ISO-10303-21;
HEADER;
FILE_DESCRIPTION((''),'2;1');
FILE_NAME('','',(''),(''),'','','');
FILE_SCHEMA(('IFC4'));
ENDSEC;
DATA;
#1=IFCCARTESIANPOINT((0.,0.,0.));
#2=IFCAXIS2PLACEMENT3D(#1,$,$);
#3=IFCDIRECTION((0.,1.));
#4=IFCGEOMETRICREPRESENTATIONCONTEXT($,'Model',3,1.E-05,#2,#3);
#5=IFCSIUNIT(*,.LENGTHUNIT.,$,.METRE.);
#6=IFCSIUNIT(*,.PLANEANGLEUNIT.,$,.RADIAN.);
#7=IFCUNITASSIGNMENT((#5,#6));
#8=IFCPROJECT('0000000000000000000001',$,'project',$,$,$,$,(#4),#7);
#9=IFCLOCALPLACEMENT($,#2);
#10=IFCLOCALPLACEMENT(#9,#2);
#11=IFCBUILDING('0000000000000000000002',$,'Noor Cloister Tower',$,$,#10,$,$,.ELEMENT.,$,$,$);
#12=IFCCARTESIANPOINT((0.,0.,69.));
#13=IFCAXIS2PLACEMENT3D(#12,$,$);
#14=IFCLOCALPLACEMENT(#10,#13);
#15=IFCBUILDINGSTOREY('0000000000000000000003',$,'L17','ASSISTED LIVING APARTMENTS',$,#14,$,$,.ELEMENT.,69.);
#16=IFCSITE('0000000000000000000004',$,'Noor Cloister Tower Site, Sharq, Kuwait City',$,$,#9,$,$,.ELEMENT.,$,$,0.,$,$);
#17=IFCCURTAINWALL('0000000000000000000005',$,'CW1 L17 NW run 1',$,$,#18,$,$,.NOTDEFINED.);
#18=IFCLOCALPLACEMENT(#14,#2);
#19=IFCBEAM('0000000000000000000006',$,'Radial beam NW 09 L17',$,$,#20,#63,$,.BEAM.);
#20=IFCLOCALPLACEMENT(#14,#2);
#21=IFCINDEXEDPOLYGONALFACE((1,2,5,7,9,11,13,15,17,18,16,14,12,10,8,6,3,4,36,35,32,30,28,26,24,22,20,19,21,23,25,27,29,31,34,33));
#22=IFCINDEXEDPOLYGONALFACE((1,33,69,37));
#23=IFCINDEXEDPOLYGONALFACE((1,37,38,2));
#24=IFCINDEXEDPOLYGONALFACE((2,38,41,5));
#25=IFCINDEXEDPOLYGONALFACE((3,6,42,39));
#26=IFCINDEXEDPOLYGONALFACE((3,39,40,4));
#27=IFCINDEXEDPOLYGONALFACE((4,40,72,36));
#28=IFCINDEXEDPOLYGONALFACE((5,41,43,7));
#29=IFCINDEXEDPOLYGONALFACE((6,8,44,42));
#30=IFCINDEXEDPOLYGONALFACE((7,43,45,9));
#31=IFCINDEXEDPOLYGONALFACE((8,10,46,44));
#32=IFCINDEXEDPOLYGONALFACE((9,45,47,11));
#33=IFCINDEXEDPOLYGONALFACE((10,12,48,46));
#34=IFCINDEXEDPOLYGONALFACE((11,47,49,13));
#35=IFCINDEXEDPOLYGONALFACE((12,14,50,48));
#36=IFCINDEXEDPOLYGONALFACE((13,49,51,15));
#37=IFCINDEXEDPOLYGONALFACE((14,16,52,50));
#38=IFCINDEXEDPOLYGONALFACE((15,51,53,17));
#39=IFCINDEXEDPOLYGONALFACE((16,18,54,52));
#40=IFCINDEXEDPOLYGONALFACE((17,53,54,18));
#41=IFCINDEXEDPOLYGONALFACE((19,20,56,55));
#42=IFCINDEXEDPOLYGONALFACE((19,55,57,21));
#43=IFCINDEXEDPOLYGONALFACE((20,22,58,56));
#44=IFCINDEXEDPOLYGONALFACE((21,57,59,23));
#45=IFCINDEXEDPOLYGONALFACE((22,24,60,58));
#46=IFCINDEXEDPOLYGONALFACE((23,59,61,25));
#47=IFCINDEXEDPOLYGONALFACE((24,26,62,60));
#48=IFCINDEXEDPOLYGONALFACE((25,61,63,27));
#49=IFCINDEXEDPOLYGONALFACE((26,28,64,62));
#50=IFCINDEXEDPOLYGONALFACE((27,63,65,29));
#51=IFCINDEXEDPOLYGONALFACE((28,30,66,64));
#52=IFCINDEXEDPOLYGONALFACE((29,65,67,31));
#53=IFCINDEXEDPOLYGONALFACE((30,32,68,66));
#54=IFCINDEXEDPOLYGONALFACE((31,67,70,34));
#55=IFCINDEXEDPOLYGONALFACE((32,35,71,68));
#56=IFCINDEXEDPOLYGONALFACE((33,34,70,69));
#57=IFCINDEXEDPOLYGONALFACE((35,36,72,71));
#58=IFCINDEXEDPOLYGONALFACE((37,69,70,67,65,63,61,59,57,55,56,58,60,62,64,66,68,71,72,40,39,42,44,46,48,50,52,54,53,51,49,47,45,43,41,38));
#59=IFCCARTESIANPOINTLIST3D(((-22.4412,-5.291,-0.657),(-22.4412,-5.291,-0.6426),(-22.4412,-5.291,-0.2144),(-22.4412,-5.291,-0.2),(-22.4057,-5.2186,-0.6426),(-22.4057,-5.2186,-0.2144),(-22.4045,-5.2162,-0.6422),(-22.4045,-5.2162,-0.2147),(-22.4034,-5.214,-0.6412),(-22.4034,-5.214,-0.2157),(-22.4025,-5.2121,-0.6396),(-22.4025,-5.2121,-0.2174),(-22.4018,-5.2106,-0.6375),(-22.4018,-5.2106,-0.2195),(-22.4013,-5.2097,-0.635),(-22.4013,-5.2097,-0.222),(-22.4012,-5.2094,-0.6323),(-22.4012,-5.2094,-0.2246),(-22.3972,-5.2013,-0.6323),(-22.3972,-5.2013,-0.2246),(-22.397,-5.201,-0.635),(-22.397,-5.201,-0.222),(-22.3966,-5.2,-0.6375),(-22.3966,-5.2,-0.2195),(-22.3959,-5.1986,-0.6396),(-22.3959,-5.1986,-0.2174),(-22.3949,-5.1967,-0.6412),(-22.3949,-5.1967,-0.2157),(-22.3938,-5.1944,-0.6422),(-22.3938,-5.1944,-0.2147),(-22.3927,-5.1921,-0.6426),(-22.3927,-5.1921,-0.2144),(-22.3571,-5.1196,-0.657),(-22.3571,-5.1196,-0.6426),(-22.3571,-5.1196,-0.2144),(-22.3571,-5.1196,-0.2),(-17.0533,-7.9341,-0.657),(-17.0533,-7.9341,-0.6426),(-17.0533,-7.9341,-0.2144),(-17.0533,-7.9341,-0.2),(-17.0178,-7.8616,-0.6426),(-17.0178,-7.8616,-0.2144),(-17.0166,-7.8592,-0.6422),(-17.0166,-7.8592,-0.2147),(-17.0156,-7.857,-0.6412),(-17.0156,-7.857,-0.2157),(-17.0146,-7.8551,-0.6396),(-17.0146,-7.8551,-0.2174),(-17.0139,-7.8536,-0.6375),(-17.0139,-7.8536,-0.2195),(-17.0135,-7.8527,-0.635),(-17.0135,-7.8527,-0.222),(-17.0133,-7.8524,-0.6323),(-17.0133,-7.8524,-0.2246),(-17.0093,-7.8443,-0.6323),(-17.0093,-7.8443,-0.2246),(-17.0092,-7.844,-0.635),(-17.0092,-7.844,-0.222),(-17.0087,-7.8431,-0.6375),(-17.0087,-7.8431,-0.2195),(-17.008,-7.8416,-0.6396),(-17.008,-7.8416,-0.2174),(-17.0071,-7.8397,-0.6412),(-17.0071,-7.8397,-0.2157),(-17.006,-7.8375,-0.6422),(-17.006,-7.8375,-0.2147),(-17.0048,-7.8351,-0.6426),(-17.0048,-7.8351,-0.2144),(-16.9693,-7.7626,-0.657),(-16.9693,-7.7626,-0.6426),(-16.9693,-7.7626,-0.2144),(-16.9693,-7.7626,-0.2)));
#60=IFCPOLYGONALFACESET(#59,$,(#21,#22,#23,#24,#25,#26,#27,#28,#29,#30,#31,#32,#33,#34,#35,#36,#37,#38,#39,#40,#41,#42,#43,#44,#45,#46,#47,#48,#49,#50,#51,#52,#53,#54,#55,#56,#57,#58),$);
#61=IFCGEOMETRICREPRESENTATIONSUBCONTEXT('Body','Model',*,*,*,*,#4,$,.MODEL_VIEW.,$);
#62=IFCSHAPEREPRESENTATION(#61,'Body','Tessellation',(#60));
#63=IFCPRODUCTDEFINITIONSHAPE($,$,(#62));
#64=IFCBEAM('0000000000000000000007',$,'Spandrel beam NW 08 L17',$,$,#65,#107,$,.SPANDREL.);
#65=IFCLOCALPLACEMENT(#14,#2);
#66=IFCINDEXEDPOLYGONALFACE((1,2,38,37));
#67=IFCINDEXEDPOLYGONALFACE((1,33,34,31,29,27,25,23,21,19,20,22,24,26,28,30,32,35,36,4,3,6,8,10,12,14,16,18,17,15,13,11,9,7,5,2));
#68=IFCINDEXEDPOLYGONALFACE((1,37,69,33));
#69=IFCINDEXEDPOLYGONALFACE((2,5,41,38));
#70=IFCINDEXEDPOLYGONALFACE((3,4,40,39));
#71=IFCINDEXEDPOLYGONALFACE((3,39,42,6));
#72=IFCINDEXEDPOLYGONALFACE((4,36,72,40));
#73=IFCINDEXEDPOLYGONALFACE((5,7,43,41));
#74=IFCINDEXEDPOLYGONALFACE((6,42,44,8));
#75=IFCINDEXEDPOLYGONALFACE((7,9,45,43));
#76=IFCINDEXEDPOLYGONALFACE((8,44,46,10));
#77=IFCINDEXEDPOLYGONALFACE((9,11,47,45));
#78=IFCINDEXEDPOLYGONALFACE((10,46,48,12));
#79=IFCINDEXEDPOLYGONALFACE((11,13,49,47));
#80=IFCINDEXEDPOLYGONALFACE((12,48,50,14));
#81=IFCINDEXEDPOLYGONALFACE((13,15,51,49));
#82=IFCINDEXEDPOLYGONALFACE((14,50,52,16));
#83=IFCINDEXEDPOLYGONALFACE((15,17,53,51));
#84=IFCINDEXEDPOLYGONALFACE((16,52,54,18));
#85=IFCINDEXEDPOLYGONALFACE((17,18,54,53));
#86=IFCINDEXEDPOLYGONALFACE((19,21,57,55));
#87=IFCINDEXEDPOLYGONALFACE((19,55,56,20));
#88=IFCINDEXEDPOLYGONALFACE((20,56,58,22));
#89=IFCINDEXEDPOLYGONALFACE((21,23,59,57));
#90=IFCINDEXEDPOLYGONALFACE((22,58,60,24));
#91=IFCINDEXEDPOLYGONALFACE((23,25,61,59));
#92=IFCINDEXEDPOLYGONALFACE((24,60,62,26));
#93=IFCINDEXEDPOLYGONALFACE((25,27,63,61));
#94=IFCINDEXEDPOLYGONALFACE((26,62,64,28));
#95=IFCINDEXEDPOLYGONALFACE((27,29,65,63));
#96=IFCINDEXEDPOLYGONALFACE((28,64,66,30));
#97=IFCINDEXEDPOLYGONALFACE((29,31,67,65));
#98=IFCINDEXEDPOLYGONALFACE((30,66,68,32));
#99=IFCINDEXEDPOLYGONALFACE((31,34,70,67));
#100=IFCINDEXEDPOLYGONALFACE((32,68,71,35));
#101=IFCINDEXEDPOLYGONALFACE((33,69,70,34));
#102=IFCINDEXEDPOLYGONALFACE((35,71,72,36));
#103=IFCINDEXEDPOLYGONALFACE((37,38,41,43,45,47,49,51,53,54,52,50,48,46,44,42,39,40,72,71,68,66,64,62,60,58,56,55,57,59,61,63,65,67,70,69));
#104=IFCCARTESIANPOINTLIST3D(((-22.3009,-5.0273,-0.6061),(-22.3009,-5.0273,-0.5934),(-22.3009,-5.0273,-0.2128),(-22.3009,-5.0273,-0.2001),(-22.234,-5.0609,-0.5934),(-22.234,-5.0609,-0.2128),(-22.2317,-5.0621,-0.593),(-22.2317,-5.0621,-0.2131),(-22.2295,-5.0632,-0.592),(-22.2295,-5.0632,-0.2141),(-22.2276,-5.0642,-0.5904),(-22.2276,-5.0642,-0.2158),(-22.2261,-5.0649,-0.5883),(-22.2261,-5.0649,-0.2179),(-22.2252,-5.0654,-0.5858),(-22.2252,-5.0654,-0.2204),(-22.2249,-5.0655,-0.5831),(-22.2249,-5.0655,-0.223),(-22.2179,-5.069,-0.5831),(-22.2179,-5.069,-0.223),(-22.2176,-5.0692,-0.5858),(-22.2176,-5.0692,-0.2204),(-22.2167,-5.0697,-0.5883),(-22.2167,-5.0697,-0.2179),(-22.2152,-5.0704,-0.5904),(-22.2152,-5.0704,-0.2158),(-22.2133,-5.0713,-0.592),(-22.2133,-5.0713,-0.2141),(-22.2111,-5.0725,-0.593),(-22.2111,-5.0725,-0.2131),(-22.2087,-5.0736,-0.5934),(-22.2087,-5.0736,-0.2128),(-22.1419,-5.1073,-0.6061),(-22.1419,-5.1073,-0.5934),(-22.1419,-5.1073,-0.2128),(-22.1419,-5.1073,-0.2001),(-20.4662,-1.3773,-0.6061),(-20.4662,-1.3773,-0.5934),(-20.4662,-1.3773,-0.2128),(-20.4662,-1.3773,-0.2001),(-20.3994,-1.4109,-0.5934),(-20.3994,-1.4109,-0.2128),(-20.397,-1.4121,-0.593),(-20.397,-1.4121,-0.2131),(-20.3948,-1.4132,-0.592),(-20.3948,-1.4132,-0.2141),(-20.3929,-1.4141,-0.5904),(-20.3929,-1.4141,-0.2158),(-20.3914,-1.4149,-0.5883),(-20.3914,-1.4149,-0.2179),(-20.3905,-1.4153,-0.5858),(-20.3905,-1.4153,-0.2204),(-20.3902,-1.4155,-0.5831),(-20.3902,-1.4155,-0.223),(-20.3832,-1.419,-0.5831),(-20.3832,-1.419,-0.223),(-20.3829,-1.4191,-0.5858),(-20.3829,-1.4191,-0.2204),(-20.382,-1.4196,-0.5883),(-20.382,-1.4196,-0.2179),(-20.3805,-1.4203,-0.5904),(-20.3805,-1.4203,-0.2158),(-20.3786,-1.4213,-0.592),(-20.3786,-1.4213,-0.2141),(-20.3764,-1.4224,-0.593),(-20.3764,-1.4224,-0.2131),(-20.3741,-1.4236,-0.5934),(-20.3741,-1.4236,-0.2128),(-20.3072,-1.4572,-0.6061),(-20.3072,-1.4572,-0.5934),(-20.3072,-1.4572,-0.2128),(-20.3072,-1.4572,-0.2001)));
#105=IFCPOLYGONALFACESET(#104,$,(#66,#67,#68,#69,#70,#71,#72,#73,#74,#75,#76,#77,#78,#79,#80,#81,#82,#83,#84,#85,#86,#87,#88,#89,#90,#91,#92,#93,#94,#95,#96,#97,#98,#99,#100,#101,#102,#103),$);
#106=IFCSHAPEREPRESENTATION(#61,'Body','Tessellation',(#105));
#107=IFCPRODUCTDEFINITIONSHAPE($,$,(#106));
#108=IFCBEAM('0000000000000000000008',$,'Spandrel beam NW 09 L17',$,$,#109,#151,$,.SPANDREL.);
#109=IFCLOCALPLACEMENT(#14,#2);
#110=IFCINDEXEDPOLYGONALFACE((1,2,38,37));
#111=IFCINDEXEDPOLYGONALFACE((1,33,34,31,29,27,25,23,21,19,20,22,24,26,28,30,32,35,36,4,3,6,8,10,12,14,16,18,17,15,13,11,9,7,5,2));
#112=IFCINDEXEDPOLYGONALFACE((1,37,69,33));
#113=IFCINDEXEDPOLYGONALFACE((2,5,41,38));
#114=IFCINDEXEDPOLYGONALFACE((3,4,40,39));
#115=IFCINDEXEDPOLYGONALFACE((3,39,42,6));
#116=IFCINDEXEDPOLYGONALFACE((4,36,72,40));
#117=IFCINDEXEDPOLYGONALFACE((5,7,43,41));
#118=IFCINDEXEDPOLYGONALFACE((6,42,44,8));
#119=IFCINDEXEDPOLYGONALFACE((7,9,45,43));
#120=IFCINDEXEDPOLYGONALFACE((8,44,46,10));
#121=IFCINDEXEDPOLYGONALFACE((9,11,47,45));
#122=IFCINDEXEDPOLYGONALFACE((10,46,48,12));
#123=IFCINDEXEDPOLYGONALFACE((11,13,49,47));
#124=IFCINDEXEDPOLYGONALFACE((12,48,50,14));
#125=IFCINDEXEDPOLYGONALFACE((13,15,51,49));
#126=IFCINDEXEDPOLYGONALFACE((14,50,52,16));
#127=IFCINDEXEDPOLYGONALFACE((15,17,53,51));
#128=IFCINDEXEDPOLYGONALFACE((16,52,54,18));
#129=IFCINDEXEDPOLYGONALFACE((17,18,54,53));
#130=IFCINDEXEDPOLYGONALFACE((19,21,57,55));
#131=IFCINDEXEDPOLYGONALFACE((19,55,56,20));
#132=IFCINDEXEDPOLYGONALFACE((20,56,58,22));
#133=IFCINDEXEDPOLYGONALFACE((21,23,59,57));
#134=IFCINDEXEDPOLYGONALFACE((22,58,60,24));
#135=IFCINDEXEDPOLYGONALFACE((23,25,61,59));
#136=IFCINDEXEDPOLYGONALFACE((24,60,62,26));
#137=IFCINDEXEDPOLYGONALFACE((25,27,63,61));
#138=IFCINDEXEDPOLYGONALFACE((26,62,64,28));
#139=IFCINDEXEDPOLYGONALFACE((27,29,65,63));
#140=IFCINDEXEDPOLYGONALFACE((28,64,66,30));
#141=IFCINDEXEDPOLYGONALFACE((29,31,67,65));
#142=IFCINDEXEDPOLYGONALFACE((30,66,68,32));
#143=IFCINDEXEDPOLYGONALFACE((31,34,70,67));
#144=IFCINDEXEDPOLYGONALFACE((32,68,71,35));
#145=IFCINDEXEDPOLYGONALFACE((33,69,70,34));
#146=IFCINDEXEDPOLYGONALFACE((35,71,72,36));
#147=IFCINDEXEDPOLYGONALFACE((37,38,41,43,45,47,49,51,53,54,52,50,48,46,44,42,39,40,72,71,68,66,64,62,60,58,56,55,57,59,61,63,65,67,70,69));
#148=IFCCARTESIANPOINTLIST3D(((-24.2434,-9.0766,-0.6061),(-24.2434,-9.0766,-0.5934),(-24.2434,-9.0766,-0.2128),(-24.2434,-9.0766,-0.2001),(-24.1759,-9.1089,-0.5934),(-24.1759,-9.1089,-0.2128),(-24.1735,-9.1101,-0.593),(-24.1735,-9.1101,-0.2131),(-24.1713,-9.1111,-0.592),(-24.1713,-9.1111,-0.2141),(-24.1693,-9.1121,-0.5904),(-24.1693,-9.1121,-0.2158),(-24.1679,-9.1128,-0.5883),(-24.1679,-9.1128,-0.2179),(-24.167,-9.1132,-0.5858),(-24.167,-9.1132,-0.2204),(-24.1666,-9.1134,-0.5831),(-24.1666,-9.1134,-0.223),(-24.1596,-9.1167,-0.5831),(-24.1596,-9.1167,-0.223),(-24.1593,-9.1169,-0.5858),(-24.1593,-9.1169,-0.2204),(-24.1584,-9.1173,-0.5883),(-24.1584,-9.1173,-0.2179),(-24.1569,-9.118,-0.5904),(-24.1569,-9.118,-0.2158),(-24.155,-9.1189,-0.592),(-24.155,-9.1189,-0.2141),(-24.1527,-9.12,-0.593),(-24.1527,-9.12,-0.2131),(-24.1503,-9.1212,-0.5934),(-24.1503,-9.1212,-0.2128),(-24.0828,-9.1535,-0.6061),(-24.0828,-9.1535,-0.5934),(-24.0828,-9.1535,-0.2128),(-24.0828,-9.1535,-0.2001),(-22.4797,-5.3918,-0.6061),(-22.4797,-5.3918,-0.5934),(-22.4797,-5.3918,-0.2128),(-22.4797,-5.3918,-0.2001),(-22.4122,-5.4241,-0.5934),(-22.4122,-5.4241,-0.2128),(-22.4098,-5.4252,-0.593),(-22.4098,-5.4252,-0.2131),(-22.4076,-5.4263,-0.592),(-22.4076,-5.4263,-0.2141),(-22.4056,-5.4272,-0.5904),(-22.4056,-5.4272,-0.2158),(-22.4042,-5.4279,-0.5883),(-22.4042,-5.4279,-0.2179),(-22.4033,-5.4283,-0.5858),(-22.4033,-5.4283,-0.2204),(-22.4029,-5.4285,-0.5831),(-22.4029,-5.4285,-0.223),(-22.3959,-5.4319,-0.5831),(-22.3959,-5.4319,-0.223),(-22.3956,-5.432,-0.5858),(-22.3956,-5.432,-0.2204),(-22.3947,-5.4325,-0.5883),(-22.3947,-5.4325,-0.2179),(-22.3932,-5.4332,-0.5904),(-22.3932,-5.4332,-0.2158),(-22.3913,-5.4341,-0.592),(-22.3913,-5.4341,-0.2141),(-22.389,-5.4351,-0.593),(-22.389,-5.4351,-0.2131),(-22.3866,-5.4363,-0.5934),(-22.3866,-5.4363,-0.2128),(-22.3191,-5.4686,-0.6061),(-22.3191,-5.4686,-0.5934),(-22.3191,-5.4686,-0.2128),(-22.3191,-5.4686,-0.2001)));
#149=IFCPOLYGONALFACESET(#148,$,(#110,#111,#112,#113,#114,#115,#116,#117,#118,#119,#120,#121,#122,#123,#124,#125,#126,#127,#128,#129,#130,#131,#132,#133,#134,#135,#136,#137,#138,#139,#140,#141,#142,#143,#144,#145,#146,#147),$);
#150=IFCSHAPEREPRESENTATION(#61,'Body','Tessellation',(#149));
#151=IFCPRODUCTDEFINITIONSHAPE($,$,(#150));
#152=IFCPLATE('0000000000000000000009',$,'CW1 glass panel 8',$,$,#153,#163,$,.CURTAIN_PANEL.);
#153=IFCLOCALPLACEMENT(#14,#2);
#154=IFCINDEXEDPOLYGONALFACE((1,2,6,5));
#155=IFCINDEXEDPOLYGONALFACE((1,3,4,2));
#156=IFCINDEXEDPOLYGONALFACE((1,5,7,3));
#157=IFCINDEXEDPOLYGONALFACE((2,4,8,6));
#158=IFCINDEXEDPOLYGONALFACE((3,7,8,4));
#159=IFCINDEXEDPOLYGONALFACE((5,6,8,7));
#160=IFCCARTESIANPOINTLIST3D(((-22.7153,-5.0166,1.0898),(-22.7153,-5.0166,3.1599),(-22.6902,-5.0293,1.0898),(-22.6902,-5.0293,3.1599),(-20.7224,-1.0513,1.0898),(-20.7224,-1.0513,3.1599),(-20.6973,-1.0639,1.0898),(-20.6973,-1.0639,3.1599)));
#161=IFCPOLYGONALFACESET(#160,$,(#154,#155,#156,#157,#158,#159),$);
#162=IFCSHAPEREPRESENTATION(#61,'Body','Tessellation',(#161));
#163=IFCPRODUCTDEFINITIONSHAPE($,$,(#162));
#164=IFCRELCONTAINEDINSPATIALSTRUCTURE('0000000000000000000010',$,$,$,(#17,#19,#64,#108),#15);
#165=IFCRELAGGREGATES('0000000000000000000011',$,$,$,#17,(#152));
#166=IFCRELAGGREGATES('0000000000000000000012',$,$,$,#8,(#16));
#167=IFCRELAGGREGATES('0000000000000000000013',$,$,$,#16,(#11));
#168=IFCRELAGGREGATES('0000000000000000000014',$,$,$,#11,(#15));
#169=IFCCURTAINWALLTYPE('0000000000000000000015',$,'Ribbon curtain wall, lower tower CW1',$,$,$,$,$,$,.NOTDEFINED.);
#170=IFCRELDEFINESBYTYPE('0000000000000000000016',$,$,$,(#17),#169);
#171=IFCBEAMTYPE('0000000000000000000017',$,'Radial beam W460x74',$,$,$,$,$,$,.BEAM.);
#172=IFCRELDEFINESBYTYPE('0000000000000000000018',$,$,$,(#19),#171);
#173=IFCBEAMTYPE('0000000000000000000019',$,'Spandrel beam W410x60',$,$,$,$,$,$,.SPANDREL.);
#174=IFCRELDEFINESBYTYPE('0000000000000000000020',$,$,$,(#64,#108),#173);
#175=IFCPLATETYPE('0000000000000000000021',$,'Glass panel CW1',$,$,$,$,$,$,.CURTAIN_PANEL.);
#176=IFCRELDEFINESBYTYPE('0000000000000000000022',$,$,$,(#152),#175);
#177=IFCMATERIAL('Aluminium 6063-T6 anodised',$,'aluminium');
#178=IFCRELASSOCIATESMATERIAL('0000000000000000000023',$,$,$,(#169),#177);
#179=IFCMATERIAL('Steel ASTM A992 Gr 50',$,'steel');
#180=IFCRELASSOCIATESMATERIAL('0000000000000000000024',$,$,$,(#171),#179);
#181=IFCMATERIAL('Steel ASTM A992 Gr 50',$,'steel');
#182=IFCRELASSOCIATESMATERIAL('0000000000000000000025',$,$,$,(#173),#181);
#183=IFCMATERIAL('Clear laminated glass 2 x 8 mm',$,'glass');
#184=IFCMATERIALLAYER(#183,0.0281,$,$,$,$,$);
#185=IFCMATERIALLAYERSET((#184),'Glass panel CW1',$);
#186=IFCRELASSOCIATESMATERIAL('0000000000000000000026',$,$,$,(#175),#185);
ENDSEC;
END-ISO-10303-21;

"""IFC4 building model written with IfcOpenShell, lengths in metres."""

from ifc_helpers import new_model, si_unit, direction, frame, origin, origin_2d, place, context, subcontext, project, spatial, rectangle, i_section, extrude, material, layer, layer_set, material_profile, profile_set, type_object, element, aggregate, save


model = new_model("IFC4")

# Units and contexts
model_context = context("Model", 3, precision=1e-05, world=origin(), true_north=direction((0.0, 1.0)))
body_context = subcontext(model_context, "Body", "Model", "MODEL_VIEW")
ifc_project = project(units=[si_unit("LENGTHUNIT", "METRE"), si_unit("PLANEANGLEUNIT", "RADIAN")], contexts=[model_context])

# Site, building, storey
site_placement = place(None, origin())
site = spatial("IfcSite", under=ifc_project, at=site_placement, Name="Noor Cloister Tower Site, Sharq, Kuwait City", CompositionType="ELEMENT", RefElevation=0.0)
building_placement = place(site_placement, origin())
building = spatial("IfcBuilding", under=site, at=building_placement, Name="Noor Cloister Tower", CompositionType="ELEMENT")
storey_placement = place(building_placement, frame((0.0, 0.0, 69.0)))
storey = spatial("IfcBuildingStorey", under=building, at=storey_placement, Name="L17", Description="ASSISTED LIVING APARTMENTS", CompositionType="ELEMENT", Elevation=69.0)

# Curtain wall
ifc_material_1 = material(Name="Aluminium 6063-T6 anodised", Category="aluminium")
curtain_wall_type = type_object("IfcCurtainWallType", Name="Ribbon curtain wall, lower tower CW1", PredefinedType="NOTDEFINED", material=ifc_material_1)
curtain_wall_placement = place(storey_placement, origin())
curtain_wall = element("IfcCurtainWall", 1, at=curtain_wall_placement, inside=storey, type_object=curtain_wall_type, Name="CW1 L17 NW run 1", PredefinedType="NOTDEFINED")

# Beams
ifc_material_2 = material(Name="Steel ASTM A992 Gr 50", Category="steel")
ifc_material_profile_1 = material_profile(ifc_material_2, i_section(OverallWidth=0.1909, OverallDepth=0.457, WebThickness=0.009, FlangeThickness=0.0144, FilletRadius=0.0103, at=origin_2d()), Name="W460x74")
ifc_profile_set_1 = profile_set([ifc_material_profile_1], Name="Steel ASTM A992 Gr 50")
beam_type_1 = type_object("IfcBeamType", Name="Radial beam W460x74", PredefinedType="BEAM", material=ifc_profile_set_1)
beam_1_placement = place(storey_placement, frame((-22.3992, -5.2053, -0.4285), z_axis=(0.897794, -0.440415, 0.0), x_axis=(0.440415, 0.897794, 0.0)))
element("IfcBeam", 2, at=beam_1_placement, inside=storey, type_object=beam_type_1, Name="Radial beam NW 09 L17", PredefinedType="BEAM", context=body_context, shape_type="SweptSolid", body=[
    extrude(i_section(OverallWidth=0.1909, OverallDepth=0.457, WebThickness=0.009, FlangeThickness=0.0144, FilletRadius=0.0103, at=origin_2d()), origin(), (0.0, 0.0, 1.0), 6.0012),
])
ifc_material_3 = material(Name="Steel ASTM A992 Gr 50", Category="steel")
ifc_material_profile_2 = material_profile(ifc_material_3, i_section(OverallWidth=0.178, OverallDepth=0.406, WebThickness=0.0078, FlangeThickness=0.0127, FilletRadius=0.0103, at=origin_2d()), Name="W410x60")
ifc_profile_set_2 = profile_set([ifc_material_profile_2], Name="Steel ASTM A992 Gr 50")
beam_type_2 = type_object("IfcBeamType", Name="Spandrel beam W410x60", PredefinedType="SPANDREL", material=ifc_profile_set_2)
for number, where, z_axis, x_axis, name in (
    (3, (-20.3867, -1.4172, -0.4031), (-0.449101, -0.893481, 0.0), (0.893481, -0.449101, 0.0), "Spandrel beam NW 08 L17"),
    (4, (-22.3994, -5.4302, -0.4031), (-0.431728, -0.902004, 0.0), (0.902004, -0.431728, 0.0), "Spandrel beam NW 09 L17"),
):
    element("IfcBeam", number, at=place(storey_placement, frame(where, z_axis=z_axis, x_axis=x_axis)), inside=storey, type_object=beam_type_2, Name=name, PredefinedType="SPANDREL", context=body_context, shape_type="SweptSolid", body=[
        extrude(i_section(OverallWidth=0.178, OverallDepth=0.406, WebThickness=0.0078, FlangeThickness=0.0127, FilletRadius=0.0103, at=origin_2d()), origin(), (0.0, 0.0, 1.0), 4.0852),
    ])

# Plate
ifc_material_4 = material(Name="Clear laminated glass 2 x 8 mm", Category="glass")
ifc_layer_1 = layer(ifc_material_4, 0.0281)
ifc_layer_set_1 = layer_set([ifc_layer_1], Name="Glass panel CW1")
plate_type = type_object("IfcPlateType", Name="Glass panel CW1", PredefinedType="CURTAIN_PANEL", material=ifc_layer_set_1)
plate_placement = place(storey_placement, frame((-21.7063, -3.0403, 1.0898), z_axis=(0.0, 0.0, 1.0), x_axis=(-0.449068, -0.893498, 0.0)))
plate = element("IfcPlate", 5, at=plate_placement, type_object=plate_type, Name="CW1 glass panel 8", PredefinedType="CURTAIN_PANEL", context=body_context, shape_type="SweptSolid", body=[
    extrude(rectangle(XDim=4.438, YDim=0.0281, at=origin_2d()), origin(), (0.0, 0.0, 1.0), 2.0701),
])
aggregate(curtain_wall, [plate])

save(model, "model.ifc")
